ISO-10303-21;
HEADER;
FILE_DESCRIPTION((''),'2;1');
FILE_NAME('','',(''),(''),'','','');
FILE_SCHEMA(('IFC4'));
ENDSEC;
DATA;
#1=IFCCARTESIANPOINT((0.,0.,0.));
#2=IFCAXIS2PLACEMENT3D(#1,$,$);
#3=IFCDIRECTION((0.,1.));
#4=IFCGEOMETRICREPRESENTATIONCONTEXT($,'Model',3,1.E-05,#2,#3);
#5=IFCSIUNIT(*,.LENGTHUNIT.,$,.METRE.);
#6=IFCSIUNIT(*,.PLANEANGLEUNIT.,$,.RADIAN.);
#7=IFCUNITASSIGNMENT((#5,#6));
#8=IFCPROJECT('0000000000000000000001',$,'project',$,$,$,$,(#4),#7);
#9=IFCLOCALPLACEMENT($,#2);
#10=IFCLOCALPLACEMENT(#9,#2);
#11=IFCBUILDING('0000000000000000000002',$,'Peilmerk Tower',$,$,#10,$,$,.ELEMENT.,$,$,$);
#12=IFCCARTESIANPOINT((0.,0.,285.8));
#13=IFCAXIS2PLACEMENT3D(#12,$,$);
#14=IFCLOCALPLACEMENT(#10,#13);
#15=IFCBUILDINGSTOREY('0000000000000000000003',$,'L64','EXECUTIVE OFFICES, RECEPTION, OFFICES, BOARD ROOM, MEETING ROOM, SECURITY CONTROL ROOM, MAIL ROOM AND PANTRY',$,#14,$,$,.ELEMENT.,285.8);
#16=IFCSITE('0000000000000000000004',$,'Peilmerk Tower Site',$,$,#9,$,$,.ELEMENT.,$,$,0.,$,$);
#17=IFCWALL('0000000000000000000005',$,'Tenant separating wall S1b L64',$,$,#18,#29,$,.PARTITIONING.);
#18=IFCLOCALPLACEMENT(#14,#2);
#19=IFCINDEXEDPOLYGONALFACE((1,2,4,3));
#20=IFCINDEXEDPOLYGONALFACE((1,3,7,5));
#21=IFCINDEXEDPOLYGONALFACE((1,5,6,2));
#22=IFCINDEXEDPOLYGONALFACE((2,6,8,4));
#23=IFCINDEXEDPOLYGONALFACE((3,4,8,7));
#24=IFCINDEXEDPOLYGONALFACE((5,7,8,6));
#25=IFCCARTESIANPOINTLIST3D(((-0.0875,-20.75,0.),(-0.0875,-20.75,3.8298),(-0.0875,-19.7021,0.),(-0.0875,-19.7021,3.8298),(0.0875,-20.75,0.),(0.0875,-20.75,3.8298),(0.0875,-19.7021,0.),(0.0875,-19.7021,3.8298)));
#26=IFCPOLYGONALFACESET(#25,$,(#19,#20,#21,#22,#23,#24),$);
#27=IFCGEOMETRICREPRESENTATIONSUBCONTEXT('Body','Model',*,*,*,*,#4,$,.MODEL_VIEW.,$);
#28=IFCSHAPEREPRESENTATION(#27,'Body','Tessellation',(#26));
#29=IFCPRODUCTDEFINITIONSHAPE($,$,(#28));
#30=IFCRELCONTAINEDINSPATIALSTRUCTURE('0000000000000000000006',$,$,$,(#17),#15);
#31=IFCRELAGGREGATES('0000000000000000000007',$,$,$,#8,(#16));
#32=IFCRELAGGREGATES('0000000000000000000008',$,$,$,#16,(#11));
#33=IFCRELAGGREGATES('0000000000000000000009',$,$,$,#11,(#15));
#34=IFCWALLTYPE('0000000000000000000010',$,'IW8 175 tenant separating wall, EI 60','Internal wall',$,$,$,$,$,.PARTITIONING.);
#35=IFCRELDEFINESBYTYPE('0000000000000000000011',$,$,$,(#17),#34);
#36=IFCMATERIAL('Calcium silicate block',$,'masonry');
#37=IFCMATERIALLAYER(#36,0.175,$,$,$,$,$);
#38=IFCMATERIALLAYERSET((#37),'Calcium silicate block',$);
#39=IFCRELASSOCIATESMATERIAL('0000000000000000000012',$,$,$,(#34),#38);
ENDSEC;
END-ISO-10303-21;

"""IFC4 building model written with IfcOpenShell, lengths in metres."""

from ifc_helpers import new_model, si_unit, direction, frame, frame_2d, origin, place, context, subcontext, project, spatial, rectangle, extrude, material, layer, layer_set, type_object, element, save


model = new_model("IFC4")

# Units and contexts
model_context = context("Model", 3, precision=1e-05, world=origin(), true_north=direction((0.0, 1.0)))
body_context = subcontext(model_context, "Body", "Model", "MODEL_VIEW")
ifc_project = project(units=[si_unit("LENGTHUNIT", "METRE"), si_unit("PLANEANGLEUNIT", "RADIAN")], contexts=[model_context])

# Site, building, storey
site_placement = place(None, origin())
site = spatial("IfcSite", under=ifc_project, at=site_placement, Name="Peilmerk Tower Site", CompositionType="ELEMENT", RefElevation=0.0)
building_placement = place(site_placement, origin())
building = spatial("IfcBuilding", under=site, at=building_placement, Name="Peilmerk Tower", CompositionType="ELEMENT")
storey_placement = place(building_placement, frame((0.0, 0.0, 285.8)))
storey = spatial("IfcBuildingStorey", under=building, at=storey_placement, Name="L64", Description="EXECUTIVE OFFICES, RECEPTION, OFFICES, BOARD ROOM, MEETING ROOM, SECURITY CONTROL ROOM, MAIL ROOM AND PANTRY", CompositionType="ELEMENT", Elevation=285.8)

# Shared definitions
ifc_material_1 = material(Name="Calcium silicate block", Category="masonry")

# Wall
ifc_layer_1 = layer(ifc_material_1, 0.175)
ifc_layer_set_1 = layer_set([ifc_layer_1], Name="Calcium silicate block")
wall_type_1 = type_object("IfcWallType", Name="IW8 175 tenant separating wall, EI 60", Description="Internal wall", PredefinedType="PARTITIONING", material=ifc_layer_set_1)
wall_1_placement = place(storey_placement, frame((0.0, -19.7021, 0.0), z_axis=(0.0, 0.0, 1.0), x_axis=(0.0, -1.0, 0.0)))
element("IfcWall", 1, at=wall_1_placement, inside=storey, type_object=wall_type_1, Name="Tenant separating wall S1b L64", PredefinedType="PARTITIONING", context=body_context, shape_type="SweptSolid", body=[
    extrude(rectangle(XDim=1.0479, YDim=0.175, at=frame_2d((0.5239, 0.0))), origin(), (0.0, 0.0, 1.0), 3.8298),
])

save(model, "model.ifc")
